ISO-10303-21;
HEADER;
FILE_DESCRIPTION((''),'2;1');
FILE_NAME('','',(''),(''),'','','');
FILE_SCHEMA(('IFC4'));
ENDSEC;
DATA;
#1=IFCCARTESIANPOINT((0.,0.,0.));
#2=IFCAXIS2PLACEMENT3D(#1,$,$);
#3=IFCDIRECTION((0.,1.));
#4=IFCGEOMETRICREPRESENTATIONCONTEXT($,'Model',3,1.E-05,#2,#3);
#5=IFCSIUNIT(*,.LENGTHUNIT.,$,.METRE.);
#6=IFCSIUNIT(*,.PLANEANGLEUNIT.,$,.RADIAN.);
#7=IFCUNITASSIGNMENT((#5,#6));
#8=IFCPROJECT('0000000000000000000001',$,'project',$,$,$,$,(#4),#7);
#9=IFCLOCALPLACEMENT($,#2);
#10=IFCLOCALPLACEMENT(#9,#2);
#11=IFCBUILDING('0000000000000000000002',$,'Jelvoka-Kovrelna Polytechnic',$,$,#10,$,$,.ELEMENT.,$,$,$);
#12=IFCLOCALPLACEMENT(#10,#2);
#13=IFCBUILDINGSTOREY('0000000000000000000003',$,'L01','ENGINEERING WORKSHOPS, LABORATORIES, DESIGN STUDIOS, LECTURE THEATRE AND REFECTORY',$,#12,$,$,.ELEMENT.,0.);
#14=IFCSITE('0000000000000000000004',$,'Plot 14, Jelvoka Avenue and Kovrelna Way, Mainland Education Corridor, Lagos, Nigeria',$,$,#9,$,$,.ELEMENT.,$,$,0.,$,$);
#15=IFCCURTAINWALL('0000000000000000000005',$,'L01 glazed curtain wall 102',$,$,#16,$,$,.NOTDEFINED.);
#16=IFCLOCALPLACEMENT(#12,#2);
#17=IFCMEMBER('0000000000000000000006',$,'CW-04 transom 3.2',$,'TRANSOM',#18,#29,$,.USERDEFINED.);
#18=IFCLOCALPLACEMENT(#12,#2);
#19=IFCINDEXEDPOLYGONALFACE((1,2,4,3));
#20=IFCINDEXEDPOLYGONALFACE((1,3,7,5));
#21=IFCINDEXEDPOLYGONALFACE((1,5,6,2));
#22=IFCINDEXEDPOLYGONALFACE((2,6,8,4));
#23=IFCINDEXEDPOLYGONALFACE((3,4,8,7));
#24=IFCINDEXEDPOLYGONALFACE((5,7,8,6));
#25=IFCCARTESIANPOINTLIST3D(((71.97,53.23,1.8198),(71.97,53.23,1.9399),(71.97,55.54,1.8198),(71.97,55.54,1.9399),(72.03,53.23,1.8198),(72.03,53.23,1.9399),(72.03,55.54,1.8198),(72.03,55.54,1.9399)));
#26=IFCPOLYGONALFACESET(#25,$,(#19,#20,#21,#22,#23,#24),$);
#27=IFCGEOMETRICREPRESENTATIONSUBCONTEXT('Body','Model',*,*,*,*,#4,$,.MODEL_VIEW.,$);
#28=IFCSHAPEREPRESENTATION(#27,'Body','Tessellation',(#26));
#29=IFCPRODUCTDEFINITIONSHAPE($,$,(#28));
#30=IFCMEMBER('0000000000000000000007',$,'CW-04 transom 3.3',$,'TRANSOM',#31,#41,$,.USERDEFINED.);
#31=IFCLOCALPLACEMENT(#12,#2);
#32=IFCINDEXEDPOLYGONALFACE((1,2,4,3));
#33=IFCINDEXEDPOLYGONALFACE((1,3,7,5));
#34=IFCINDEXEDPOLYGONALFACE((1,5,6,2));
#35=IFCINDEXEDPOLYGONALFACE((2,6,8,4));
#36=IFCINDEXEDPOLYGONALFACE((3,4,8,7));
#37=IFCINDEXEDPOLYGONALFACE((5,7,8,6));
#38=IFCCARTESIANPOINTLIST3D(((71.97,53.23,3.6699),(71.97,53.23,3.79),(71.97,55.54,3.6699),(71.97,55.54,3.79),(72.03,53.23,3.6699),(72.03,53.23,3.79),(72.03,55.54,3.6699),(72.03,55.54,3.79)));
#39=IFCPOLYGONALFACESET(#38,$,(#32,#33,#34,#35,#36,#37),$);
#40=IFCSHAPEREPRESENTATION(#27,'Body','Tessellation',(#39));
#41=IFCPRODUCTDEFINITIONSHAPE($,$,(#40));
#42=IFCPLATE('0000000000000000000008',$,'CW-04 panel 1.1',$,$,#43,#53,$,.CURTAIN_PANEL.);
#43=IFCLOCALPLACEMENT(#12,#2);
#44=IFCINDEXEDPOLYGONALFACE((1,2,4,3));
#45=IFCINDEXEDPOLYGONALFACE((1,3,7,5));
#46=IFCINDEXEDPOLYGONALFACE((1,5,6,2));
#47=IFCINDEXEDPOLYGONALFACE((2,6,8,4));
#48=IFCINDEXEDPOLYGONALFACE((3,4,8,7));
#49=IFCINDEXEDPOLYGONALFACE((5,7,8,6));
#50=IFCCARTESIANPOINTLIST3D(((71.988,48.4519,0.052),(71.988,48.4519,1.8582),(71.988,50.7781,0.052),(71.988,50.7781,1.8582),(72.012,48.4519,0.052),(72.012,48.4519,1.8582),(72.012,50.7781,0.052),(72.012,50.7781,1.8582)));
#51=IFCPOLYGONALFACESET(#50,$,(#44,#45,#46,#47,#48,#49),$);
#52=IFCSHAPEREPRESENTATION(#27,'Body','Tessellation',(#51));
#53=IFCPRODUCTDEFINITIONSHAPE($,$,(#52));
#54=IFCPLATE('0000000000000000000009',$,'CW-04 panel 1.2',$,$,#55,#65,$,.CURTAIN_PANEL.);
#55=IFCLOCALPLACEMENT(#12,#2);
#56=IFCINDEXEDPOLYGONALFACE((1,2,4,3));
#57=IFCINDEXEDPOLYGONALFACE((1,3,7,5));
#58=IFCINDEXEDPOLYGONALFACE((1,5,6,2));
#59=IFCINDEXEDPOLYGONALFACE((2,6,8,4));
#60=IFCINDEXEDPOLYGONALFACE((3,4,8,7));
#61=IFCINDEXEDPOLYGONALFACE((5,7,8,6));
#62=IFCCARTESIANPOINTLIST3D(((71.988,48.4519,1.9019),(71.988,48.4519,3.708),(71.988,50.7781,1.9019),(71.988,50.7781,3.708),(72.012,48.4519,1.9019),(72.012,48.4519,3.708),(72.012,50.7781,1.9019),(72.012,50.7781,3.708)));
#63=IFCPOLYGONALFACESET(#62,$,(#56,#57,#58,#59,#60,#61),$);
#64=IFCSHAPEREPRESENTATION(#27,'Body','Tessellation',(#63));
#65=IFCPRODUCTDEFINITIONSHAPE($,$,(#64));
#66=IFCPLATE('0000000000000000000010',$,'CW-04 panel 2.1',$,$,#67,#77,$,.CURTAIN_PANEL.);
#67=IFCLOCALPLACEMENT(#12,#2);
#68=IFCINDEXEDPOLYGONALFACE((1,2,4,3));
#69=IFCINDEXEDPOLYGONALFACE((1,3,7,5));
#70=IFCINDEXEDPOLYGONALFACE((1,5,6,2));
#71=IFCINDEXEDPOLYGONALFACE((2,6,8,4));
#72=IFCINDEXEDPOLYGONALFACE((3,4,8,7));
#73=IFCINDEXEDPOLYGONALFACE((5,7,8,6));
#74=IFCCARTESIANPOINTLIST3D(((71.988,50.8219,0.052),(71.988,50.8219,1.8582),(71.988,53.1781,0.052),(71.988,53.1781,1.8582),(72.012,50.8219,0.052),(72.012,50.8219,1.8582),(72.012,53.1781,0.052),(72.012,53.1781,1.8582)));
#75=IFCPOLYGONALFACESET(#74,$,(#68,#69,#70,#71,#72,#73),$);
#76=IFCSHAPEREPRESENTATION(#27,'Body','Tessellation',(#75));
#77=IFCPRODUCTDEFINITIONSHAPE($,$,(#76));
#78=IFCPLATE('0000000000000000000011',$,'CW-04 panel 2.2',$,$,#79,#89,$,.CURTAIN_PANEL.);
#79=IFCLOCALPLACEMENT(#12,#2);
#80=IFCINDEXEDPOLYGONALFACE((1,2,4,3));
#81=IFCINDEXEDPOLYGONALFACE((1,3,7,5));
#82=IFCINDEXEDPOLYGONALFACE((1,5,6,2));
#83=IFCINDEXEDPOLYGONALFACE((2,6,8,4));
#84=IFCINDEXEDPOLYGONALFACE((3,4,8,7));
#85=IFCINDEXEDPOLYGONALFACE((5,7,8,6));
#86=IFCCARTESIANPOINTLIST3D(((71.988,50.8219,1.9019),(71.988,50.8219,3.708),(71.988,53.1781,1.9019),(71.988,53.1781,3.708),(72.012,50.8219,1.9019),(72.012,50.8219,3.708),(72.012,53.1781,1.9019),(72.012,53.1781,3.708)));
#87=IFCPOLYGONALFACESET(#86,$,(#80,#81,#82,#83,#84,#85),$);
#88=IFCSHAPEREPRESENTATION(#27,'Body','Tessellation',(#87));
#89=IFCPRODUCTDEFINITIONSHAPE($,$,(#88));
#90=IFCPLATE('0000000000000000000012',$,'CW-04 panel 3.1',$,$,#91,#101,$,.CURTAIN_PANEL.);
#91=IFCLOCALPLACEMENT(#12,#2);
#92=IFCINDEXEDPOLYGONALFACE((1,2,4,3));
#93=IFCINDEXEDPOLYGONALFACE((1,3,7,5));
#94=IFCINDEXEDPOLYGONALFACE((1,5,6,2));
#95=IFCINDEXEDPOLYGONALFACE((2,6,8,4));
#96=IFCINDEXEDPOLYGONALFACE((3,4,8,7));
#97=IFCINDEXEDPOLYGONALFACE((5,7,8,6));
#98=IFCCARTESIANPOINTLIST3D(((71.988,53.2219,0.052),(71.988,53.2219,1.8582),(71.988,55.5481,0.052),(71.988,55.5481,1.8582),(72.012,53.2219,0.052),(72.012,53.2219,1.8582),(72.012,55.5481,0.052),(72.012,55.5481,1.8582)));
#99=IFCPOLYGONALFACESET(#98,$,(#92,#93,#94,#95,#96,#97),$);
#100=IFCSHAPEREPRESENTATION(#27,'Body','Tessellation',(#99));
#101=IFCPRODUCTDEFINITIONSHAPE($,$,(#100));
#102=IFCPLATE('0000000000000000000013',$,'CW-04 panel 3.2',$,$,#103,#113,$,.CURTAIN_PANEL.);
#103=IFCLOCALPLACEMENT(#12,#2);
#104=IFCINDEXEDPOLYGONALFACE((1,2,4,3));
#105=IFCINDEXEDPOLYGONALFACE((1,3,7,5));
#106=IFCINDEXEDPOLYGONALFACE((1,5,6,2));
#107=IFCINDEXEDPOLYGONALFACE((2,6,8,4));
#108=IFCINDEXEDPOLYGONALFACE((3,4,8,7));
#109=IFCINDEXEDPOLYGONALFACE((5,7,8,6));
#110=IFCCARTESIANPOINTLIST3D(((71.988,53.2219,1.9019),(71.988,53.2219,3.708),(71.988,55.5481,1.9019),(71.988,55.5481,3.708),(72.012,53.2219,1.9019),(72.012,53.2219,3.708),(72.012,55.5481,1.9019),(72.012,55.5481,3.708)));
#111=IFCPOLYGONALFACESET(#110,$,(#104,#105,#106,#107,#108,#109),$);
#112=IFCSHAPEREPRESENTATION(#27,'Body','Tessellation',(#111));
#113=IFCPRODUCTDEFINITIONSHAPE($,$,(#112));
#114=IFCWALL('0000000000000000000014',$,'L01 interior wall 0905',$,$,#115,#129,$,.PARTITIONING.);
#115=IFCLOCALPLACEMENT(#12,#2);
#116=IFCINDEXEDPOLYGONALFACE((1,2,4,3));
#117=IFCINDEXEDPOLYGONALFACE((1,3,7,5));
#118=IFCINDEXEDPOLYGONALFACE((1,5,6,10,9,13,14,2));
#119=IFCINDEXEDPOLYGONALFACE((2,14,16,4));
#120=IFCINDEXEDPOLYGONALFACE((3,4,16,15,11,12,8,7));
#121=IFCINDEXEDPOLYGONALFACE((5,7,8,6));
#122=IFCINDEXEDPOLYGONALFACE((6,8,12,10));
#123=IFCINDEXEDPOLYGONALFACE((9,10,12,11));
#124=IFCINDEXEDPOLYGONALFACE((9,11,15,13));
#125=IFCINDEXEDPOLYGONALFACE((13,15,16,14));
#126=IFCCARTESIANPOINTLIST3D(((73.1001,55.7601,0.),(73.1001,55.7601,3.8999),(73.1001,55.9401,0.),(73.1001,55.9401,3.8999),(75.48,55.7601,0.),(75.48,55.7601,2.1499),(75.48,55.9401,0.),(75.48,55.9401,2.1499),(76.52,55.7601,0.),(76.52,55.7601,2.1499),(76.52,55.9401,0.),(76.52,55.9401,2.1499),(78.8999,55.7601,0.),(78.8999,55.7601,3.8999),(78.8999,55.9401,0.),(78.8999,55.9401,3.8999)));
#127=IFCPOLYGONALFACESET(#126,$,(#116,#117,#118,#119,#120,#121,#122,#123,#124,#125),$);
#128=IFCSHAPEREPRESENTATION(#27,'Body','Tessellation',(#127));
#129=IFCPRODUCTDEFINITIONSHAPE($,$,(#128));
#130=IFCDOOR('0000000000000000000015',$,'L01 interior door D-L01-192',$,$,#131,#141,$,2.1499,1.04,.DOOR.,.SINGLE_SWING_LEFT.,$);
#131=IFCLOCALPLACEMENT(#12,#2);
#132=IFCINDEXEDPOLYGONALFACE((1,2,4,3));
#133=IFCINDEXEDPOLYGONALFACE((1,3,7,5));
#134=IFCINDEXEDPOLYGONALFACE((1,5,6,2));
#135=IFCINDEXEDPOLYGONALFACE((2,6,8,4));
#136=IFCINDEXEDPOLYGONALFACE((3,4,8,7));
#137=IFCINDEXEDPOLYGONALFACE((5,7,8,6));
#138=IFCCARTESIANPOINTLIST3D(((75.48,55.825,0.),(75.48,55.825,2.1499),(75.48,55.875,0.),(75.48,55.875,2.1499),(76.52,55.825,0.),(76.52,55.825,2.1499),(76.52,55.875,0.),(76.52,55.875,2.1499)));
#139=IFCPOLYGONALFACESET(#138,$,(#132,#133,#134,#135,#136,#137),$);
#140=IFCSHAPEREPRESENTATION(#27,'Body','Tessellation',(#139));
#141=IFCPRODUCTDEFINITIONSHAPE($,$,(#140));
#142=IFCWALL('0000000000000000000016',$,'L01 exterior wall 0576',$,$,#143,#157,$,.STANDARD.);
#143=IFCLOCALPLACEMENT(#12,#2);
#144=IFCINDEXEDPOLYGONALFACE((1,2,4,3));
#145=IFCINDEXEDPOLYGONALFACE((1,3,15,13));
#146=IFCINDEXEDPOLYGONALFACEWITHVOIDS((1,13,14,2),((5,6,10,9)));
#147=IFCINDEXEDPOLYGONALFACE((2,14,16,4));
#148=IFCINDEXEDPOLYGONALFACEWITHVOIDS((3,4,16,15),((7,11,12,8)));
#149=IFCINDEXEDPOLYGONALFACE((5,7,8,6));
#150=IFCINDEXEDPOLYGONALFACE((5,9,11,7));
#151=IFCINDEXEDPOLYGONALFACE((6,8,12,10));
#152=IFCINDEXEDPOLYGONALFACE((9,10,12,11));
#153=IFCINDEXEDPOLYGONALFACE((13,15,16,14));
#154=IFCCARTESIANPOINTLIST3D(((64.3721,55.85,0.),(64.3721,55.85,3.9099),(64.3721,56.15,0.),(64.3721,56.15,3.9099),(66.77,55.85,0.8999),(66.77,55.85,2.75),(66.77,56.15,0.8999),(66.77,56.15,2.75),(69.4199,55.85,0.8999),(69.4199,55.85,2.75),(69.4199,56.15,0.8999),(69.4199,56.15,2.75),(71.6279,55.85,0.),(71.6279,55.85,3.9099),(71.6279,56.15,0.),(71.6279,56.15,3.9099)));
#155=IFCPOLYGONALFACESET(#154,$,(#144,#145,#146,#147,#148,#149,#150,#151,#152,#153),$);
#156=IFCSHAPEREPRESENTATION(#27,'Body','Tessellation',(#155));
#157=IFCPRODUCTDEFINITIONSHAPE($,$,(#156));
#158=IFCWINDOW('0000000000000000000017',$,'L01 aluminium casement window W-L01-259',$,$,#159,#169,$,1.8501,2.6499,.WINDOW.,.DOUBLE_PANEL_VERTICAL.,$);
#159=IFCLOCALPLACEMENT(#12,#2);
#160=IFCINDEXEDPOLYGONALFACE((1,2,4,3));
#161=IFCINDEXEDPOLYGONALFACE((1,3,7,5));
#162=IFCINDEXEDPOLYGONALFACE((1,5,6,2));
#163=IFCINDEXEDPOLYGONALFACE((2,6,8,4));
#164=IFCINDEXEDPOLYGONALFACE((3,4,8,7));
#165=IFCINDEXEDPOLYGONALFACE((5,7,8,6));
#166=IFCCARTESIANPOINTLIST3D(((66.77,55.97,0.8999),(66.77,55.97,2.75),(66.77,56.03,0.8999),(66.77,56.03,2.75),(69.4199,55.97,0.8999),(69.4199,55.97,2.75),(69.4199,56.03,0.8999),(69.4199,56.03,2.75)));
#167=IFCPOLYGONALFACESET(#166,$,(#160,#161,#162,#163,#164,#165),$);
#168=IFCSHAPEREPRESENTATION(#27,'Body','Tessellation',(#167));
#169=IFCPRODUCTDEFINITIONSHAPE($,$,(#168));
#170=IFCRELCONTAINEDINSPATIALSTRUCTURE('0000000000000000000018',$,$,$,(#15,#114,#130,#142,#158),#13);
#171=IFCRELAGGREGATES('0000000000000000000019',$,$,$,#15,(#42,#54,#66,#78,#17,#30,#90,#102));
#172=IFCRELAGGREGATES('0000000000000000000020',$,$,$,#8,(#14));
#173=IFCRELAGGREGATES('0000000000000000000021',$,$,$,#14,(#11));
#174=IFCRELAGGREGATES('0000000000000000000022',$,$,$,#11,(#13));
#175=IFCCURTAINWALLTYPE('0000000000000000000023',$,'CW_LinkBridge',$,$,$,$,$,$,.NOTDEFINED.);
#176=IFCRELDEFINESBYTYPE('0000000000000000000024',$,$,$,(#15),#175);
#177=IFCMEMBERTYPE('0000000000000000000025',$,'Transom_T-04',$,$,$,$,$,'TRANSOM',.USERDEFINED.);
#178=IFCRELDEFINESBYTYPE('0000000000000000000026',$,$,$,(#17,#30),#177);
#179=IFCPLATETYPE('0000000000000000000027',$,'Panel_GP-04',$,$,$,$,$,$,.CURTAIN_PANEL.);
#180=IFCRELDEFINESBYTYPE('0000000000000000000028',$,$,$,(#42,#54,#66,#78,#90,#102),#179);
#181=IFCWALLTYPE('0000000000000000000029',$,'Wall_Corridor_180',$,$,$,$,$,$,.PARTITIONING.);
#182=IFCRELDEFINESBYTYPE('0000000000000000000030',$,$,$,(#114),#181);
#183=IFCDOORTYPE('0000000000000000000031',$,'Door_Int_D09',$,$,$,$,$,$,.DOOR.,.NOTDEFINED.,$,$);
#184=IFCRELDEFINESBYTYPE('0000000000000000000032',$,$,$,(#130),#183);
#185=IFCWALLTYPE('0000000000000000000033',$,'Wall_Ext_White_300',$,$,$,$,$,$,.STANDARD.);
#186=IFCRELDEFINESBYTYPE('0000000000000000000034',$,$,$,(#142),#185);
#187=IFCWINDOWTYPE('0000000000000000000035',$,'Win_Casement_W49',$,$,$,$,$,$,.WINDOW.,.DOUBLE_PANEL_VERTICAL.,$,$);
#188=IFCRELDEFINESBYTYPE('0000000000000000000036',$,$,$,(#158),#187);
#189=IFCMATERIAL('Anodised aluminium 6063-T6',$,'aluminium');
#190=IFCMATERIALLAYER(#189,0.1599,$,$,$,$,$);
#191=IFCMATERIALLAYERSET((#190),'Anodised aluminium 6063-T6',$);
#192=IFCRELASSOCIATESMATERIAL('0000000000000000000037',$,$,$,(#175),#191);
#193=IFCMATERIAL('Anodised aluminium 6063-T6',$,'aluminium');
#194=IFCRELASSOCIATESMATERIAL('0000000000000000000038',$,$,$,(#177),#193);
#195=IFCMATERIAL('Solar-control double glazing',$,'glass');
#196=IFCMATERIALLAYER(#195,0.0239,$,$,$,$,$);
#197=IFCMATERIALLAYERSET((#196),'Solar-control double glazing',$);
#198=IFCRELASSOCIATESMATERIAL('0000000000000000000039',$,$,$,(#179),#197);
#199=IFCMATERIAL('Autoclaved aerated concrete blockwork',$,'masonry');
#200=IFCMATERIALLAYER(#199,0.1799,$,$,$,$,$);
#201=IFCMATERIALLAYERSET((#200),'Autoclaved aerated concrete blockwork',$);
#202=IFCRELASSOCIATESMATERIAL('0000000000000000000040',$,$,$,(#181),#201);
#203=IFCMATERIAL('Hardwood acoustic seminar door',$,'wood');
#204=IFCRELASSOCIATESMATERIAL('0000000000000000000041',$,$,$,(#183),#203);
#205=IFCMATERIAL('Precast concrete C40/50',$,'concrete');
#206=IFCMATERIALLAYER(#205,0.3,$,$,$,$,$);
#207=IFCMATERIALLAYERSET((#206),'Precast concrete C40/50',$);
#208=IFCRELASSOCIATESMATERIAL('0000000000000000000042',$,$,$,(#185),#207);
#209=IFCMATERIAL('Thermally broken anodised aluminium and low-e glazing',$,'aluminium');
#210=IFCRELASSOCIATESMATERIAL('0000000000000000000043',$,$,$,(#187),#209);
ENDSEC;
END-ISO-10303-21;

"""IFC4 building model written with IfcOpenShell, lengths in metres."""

from ifc_helpers import new_model, si_unit, direction, frame, frame_2d, origin, origin_2d, place, context, subcontext, project, spatial, rectangle, extrude, material, layer, layer_set, material_profile, profile_set, type_object, element, fill, aggregate, save


model = new_model("IFC4")

# Units and contexts
model_context = context("Model", 3, precision=1e-05, world=origin(), true_north=direction((0.0, 1.0)))
body_context = subcontext(model_context, "Body", "Model", "MODEL_VIEW")
ifc_project = project(units=[si_unit("LENGTHUNIT", "METRE"), si_unit("PLANEANGLEUNIT", "RADIAN")], contexts=[model_context])

# Site, building, storey
site_placement = place(None, origin())
site = spatial("IfcSite", under=ifc_project, at=site_placement, Name="Plot 14, Jelvoka Avenue and Kovrelna Way, Mainland Education Corridor, Lagos, Nigeria", CompositionType="ELEMENT", RefElevation=0.0)
building_placement = place(site_placement, origin())
building = spatial("IfcBuilding", under=site, at=building_placement, Name="Jelvoka-Kovrelna Polytechnic", CompositionType="ELEMENT")
storey_placement = place(building_placement, origin())
storey = spatial("IfcBuildingStorey", under=building, at=storey_placement, Name="L01", Description="ENGINEERING WORKSHOPS, LABORATORIES, DESIGN STUDIOS, LECTURE THEATRE AND REFECTORY", CompositionType="ELEMENT", Elevation=0.0)

# Curtain wall
ifc_material_1 = material(Name="Anodised aluminium 6063-T6", Category="aluminium")
ifc_layer_1 = layer(ifc_material_1, 0.1599)
ifc_layer_set_1 = layer_set([ifc_layer_1], Name="Anodised aluminium 6063-T6")
curtain_wall_type = type_object("IfcCurtainWallType", Name="CW_LinkBridge", PredefinedType="NOTDEFINED", material=ifc_layer_set_1)
curtain_wall_placement = place(storey_placement, origin())
curtain_wall = element("IfcCurtainWall", 1, at=curtain_wall_placement, inside=storey, type_object=curtain_wall_type, Name="L01 glazed curtain wall 102", PredefinedType="NOTDEFINED")

# Members
ifc_material_2 = material(Name="Anodised aluminium 6063-T6", Category="aluminium")
ifc_material_profile_1 = material_profile(ifc_material_2, rectangle(XDim=0.0601, YDim=0.1201, at=origin_2d()), Name="ALU 60x120")
ifc_profile_set_1 = profile_set([ifc_material_profile_1], Name="Anodised aluminium 6063-T6")
member_type_1 = type_object("IfcMemberType", Name="Transom_T-04", ElementType="TRANSOM", PredefinedType="USERDEFINED", material=ifc_profile_set_1)
member_1_placement = place(storey_placement, frame((72.0, 53.23, 1.8799), z_axis=(0.0, 1.0, 0.0), x_axis=(-1.0, 0.0, 0.0)))
member_1 = element("IfcMember", 2, at=member_1_placement, type_object=member_type_1, Name="CW-04 transom 3.2", ObjectType="TRANSOM", PredefinedType="USERDEFINED", context=body_context, shape_type="SweptSolid", body=[
    extrude(rectangle(XDim=0.0601, YDim=0.1201, at=origin_2d()), origin(), (0.0, 0.0, 1.0), 2.3101),
])
member_2_placement = place(storey_placement, frame((72.0, 53.23, 3.73), z_axis=(0.0, 1.0, 0.0), x_axis=(-1.0, 0.0, 0.0)))
member_2 = element("IfcMember", 3, at=member_2_placement, type_object=member_type_1, Name="CW-04 transom 3.3", ObjectType="TRANSOM", PredefinedType="USERDEFINED", context=body_context, shape_type="SweptSolid", body=[
    extrude(rectangle(XDim=0.0601, YDim=0.1201, at=origin_2d()), origin(), (0.0, 0.0, 1.0), 2.3101),
])

# Plates
ifc_material_3 = material(Name="Solar-control double glazing", Category="glass")
ifc_layer_2 = layer(ifc_material_3, 0.0239)
ifc_layer_set_2 = layer_set([ifc_layer_2], Name="Solar-control double glazing")
plate_type = type_object("IfcPlateType", Name="Panel_GP-04", PredefinedType="CURTAIN_PANEL", material=ifc_layer_set_2)
plate_1_placement = place(storey_placement, frame((72.0, 49.615, 0.052), z_axis=(0.0, 0.0, 1.0), x_axis=(0.0, 1.0, 0.0)))
plate_1 = element("IfcPlate", 4, at=plate_1_placement, type_object=plate_type, Name="CW-04 panel 1.1", PredefinedType="CURTAIN_PANEL", context=body_context, shape_type="SweptSolid", body=[
    extrude(rectangle(XDim=2.3262, YDim=0.0239, at=origin_2d()), origin(), (0.0, 0.0, 1.0), 1.8062),
])
plate_2_placement = place(storey_placement, frame((72.0, 49.615, 1.9019), z_axis=(0.0, 0.0, 1.0), x_axis=(0.0, 1.0, 0.0)))
plate_2 = element("IfcPlate", 5, at=plate_2_placement, type_object=plate_type, Name="CW-04 panel 1.2", PredefinedType="CURTAIN_PANEL", context=body_context, shape_type="SweptSolid", body=[
    extrude(rectangle(XDim=2.3262, YDim=0.0239, at=origin_2d()), origin(), (0.0, 0.0, 1.0), 1.8062),
])
plate_3_placement = place(storey_placement, frame((72.0, 52.0, 0.052), z_axis=(0.0, 0.0, 1.0), x_axis=(0.0, 1.0, 0.0)))
plate_3 = element("IfcPlate", 6, at=plate_3_placement, type_object=plate_type, Name="CW-04 panel 2.1", PredefinedType="CURTAIN_PANEL", context=body_context, shape_type="SweptSolid", body=[
    extrude(rectangle(XDim=2.3562, YDim=0.0239, at=origin_2d()), origin(), (0.0, 0.0, 1.0), 1.8062),
])
plate_4_placement = place(storey_placement, frame((72.0, 52.0, 1.9019), z_axis=(0.0, 0.0, 1.0), x_axis=(0.0, 1.0, 0.0)))
plate_4 = element("IfcPlate", 7, at=plate_4_placement, type_object=plate_type, Name="CW-04 panel 2.2", PredefinedType="CURTAIN_PANEL", context=body_context, shape_type="SweptSolid", body=[
    extrude(rectangle(XDim=2.3562, YDim=0.0239, at=origin_2d()), origin(), (0.0, 0.0, 1.0), 1.8062),
])
plate_5_placement = place(storey_placement, frame((72.0, 54.385, 0.052), z_axis=(0.0, 0.0, 1.0), x_axis=(0.0, 1.0, 0.0)))
plate_5 = element("IfcPlate", 8, at=plate_5_placement, type_object=plate_type, Name="CW-04 panel 3.1", PredefinedType="CURTAIN_PANEL", context=body_context, shape_type="SweptSolid", body=[
    extrude(rectangle(XDim=2.3262, YDim=0.0239, at=origin_2d()), origin(), (0.0, 0.0, 1.0), 1.8062),
])
plate_6_placement = place(storey_placement, frame((72.0, 54.385, 1.9019), z_axis=(0.0, 0.0, 1.0), x_axis=(0.0, 1.0, 0.0)))
plate_6 = element("IfcPlate", 9, at=plate_6_placement, type_object=plate_type, Name="CW-04 panel 3.2", PredefinedType="CURTAIN_PANEL", context=body_context, shape_type="SweptSolid", body=[
    extrude(rectangle(XDim=2.3262, YDim=0.0239, at=origin_2d()), origin(), (0.0, 0.0, 1.0), 1.8062),
])
aggregate(curtain_wall, [plate_1, plate_2, plate_3, plate_4, member_1, member_2, plate_5, plate_6])

# Wall, opening, door
ifc_material_4 = material(Name="Autoclaved aerated concrete blockwork", Category="masonry")
ifc_layer_3 = layer(ifc_material_4, 0.1799)
ifc_layer_set_3 = layer_set([ifc_layer_3], Name="Autoclaved aerated concrete blockwork")
wall_type_1 = type_object("IfcWallType", Name="Wall_Corridor_180", PredefinedType="PARTITIONING", material=ifc_layer_set_3)
wall_1_placement = place(storey_placement, frame((73.1001, 55.8501, 0.0), z_axis=(0.0, 0.0, 1.0), x_axis=(1.0, 0.0, 0.0)))
wall_1 = element("IfcWall", 10, at=wall_1_placement, inside=storey, type_object=wall_type_1, Name="L01 interior wall 0905", PredefinedType="PARTITIONING", context=body_context, shape_type="SweptSolid", body=[
    extrude(rectangle(XDim=5.7998, YDim=0.1799, at=frame_2d((2.8999, 0.0))), origin(), (0.0, 0.0, 1.0), 3.8999),
])
opening_1_placement = place(wall_1_placement, frame((2.3799, 0.0, 0.0)))
opening_1 = element("IfcOpeningElement", 11, at=opening_1_placement, cuts=wall_1, PredefinedType="OPENING", context=body_context, shape_type="SweptSolid", body=[
    extrude(rectangle(XDim=1.04, YDim=2.1499, at=frame_2d((0.52, 1.075))), frame((0.0, 0.0999, 0.0), z_axis=(0.0, -1.0, 0.0), x_axis=(1.0, 0.0, 0.0)), (0.0, 0.0, 1.0), 0.2),
])
ifc_material_5 = material(Name="Hardwood acoustic seminar door", Category="wood")
door_type = type_object("IfcDoorType", Name="Door_Int_D09", OperationType="NOTDEFINED", PredefinedType="DOOR", material=ifc_material_5)
door_placement = place(opening_1_placement, origin())
door = element("IfcDoor", 12, at=door_placement, inside=storey, type_object=door_type, Name="L01 interior door D-L01-192", OperationType="SINGLE_SWING_LEFT", OverallHeight=2.1499, OverallWidth=1.04, PredefinedType="DOOR", context=body_context, shape_type="SweptSolid", body=[
    extrude(rectangle(XDim=1.04, YDim=2.1499, at=frame_2d((0.52, 1.075))), frame((0.0, 0.0249, 0.0), z_axis=(0.0, -1.0, 0.0), x_axis=(1.0, 0.0, 0.0)), (0.0, 0.0, 1.0), 0.05),
])
fill(opening_1, door)

# Wall, opening, window
ifc_material_6 = material(Name="Precast concrete C40/50", Category="concrete")
ifc_layer_4 = layer(ifc_material_6, 0.3)
ifc_layer_set_4 = layer_set([ifc_layer_4], Name="Precast concrete C40/50")
wall_type_2 = type_object("IfcWallType", Name="Wall_Ext_White_300", PredefinedType="STANDARD", material=ifc_layer_set_4)
wall_2_placement = place(storey_placement, frame((71.6279, 56.0, 0.0), z_axis=(0.0, 0.0, 1.0), x_axis=(-1.0, 0.0, 0.0)))
wall_2 = element("IfcWall", 13, at=wall_2_placement, inside=storey, type_object=wall_type_2, Name="L01 exterior wall 0576", PredefinedType="STANDARD", context=body_context, shape_type="SweptSolid", body=[
    extrude(rectangle(XDim=7.2559, YDim=0.3, at=frame_2d((3.6279, 0.0))), origin(), (0.0, 0.0, 1.0), 3.9099),
])
opening_2_placement = place(wall_2_placement, frame((2.208, 0.0, 0.8999)))
opening_2 = element("IfcOpeningElement", 14, at=opening_2_placement, cuts=wall_2, PredefinedType="OPENING", context=body_context, shape_type="SweptSolid", body=[
    extrude(rectangle(XDim=2.6499, YDim=1.8501, at=frame_2d((1.325, 0.925))), frame((0.0, 0.1599, 0.0), z_axis=(0.0, -1.0, 0.0), x_axis=(1.0, 0.0, 0.0)), (0.0, 0.0, 1.0), 0.3201),
])
ifc_material_7 = material(Name="Thermally broken anodised aluminium and low-e glazing", Category="aluminium")
window_type = type_object("IfcWindowType", Name="Win_Casement_W49", PartitioningType="DOUBLE_PANEL_VERTICAL", PredefinedType="WINDOW", material=ifc_material_7)
window_placement = place(opening_2_placement, origin())
window = element("IfcWindow", 15, at=window_placement, inside=storey, type_object=window_type, Name="L01 aluminium casement window W-L01-259", OverallHeight=1.8501, OverallWidth=2.6499, PartitioningType="DOUBLE_PANEL_VERTICAL", PredefinedType="WINDOW", context=body_context, shape_type="SweptSolid", body=[
    extrude(rectangle(XDim=2.6499, YDim=1.8501, at=frame_2d((1.325, 0.925))), frame((0.0, 0.03, 0.0), z_axis=(0.0, -1.0, 0.0), x_axis=(1.0, 0.0, 0.0)), (0.0, 0.0, 1.0), 0.0601),
])
fill(opening_2, window)

save(model, "model.ifc")
